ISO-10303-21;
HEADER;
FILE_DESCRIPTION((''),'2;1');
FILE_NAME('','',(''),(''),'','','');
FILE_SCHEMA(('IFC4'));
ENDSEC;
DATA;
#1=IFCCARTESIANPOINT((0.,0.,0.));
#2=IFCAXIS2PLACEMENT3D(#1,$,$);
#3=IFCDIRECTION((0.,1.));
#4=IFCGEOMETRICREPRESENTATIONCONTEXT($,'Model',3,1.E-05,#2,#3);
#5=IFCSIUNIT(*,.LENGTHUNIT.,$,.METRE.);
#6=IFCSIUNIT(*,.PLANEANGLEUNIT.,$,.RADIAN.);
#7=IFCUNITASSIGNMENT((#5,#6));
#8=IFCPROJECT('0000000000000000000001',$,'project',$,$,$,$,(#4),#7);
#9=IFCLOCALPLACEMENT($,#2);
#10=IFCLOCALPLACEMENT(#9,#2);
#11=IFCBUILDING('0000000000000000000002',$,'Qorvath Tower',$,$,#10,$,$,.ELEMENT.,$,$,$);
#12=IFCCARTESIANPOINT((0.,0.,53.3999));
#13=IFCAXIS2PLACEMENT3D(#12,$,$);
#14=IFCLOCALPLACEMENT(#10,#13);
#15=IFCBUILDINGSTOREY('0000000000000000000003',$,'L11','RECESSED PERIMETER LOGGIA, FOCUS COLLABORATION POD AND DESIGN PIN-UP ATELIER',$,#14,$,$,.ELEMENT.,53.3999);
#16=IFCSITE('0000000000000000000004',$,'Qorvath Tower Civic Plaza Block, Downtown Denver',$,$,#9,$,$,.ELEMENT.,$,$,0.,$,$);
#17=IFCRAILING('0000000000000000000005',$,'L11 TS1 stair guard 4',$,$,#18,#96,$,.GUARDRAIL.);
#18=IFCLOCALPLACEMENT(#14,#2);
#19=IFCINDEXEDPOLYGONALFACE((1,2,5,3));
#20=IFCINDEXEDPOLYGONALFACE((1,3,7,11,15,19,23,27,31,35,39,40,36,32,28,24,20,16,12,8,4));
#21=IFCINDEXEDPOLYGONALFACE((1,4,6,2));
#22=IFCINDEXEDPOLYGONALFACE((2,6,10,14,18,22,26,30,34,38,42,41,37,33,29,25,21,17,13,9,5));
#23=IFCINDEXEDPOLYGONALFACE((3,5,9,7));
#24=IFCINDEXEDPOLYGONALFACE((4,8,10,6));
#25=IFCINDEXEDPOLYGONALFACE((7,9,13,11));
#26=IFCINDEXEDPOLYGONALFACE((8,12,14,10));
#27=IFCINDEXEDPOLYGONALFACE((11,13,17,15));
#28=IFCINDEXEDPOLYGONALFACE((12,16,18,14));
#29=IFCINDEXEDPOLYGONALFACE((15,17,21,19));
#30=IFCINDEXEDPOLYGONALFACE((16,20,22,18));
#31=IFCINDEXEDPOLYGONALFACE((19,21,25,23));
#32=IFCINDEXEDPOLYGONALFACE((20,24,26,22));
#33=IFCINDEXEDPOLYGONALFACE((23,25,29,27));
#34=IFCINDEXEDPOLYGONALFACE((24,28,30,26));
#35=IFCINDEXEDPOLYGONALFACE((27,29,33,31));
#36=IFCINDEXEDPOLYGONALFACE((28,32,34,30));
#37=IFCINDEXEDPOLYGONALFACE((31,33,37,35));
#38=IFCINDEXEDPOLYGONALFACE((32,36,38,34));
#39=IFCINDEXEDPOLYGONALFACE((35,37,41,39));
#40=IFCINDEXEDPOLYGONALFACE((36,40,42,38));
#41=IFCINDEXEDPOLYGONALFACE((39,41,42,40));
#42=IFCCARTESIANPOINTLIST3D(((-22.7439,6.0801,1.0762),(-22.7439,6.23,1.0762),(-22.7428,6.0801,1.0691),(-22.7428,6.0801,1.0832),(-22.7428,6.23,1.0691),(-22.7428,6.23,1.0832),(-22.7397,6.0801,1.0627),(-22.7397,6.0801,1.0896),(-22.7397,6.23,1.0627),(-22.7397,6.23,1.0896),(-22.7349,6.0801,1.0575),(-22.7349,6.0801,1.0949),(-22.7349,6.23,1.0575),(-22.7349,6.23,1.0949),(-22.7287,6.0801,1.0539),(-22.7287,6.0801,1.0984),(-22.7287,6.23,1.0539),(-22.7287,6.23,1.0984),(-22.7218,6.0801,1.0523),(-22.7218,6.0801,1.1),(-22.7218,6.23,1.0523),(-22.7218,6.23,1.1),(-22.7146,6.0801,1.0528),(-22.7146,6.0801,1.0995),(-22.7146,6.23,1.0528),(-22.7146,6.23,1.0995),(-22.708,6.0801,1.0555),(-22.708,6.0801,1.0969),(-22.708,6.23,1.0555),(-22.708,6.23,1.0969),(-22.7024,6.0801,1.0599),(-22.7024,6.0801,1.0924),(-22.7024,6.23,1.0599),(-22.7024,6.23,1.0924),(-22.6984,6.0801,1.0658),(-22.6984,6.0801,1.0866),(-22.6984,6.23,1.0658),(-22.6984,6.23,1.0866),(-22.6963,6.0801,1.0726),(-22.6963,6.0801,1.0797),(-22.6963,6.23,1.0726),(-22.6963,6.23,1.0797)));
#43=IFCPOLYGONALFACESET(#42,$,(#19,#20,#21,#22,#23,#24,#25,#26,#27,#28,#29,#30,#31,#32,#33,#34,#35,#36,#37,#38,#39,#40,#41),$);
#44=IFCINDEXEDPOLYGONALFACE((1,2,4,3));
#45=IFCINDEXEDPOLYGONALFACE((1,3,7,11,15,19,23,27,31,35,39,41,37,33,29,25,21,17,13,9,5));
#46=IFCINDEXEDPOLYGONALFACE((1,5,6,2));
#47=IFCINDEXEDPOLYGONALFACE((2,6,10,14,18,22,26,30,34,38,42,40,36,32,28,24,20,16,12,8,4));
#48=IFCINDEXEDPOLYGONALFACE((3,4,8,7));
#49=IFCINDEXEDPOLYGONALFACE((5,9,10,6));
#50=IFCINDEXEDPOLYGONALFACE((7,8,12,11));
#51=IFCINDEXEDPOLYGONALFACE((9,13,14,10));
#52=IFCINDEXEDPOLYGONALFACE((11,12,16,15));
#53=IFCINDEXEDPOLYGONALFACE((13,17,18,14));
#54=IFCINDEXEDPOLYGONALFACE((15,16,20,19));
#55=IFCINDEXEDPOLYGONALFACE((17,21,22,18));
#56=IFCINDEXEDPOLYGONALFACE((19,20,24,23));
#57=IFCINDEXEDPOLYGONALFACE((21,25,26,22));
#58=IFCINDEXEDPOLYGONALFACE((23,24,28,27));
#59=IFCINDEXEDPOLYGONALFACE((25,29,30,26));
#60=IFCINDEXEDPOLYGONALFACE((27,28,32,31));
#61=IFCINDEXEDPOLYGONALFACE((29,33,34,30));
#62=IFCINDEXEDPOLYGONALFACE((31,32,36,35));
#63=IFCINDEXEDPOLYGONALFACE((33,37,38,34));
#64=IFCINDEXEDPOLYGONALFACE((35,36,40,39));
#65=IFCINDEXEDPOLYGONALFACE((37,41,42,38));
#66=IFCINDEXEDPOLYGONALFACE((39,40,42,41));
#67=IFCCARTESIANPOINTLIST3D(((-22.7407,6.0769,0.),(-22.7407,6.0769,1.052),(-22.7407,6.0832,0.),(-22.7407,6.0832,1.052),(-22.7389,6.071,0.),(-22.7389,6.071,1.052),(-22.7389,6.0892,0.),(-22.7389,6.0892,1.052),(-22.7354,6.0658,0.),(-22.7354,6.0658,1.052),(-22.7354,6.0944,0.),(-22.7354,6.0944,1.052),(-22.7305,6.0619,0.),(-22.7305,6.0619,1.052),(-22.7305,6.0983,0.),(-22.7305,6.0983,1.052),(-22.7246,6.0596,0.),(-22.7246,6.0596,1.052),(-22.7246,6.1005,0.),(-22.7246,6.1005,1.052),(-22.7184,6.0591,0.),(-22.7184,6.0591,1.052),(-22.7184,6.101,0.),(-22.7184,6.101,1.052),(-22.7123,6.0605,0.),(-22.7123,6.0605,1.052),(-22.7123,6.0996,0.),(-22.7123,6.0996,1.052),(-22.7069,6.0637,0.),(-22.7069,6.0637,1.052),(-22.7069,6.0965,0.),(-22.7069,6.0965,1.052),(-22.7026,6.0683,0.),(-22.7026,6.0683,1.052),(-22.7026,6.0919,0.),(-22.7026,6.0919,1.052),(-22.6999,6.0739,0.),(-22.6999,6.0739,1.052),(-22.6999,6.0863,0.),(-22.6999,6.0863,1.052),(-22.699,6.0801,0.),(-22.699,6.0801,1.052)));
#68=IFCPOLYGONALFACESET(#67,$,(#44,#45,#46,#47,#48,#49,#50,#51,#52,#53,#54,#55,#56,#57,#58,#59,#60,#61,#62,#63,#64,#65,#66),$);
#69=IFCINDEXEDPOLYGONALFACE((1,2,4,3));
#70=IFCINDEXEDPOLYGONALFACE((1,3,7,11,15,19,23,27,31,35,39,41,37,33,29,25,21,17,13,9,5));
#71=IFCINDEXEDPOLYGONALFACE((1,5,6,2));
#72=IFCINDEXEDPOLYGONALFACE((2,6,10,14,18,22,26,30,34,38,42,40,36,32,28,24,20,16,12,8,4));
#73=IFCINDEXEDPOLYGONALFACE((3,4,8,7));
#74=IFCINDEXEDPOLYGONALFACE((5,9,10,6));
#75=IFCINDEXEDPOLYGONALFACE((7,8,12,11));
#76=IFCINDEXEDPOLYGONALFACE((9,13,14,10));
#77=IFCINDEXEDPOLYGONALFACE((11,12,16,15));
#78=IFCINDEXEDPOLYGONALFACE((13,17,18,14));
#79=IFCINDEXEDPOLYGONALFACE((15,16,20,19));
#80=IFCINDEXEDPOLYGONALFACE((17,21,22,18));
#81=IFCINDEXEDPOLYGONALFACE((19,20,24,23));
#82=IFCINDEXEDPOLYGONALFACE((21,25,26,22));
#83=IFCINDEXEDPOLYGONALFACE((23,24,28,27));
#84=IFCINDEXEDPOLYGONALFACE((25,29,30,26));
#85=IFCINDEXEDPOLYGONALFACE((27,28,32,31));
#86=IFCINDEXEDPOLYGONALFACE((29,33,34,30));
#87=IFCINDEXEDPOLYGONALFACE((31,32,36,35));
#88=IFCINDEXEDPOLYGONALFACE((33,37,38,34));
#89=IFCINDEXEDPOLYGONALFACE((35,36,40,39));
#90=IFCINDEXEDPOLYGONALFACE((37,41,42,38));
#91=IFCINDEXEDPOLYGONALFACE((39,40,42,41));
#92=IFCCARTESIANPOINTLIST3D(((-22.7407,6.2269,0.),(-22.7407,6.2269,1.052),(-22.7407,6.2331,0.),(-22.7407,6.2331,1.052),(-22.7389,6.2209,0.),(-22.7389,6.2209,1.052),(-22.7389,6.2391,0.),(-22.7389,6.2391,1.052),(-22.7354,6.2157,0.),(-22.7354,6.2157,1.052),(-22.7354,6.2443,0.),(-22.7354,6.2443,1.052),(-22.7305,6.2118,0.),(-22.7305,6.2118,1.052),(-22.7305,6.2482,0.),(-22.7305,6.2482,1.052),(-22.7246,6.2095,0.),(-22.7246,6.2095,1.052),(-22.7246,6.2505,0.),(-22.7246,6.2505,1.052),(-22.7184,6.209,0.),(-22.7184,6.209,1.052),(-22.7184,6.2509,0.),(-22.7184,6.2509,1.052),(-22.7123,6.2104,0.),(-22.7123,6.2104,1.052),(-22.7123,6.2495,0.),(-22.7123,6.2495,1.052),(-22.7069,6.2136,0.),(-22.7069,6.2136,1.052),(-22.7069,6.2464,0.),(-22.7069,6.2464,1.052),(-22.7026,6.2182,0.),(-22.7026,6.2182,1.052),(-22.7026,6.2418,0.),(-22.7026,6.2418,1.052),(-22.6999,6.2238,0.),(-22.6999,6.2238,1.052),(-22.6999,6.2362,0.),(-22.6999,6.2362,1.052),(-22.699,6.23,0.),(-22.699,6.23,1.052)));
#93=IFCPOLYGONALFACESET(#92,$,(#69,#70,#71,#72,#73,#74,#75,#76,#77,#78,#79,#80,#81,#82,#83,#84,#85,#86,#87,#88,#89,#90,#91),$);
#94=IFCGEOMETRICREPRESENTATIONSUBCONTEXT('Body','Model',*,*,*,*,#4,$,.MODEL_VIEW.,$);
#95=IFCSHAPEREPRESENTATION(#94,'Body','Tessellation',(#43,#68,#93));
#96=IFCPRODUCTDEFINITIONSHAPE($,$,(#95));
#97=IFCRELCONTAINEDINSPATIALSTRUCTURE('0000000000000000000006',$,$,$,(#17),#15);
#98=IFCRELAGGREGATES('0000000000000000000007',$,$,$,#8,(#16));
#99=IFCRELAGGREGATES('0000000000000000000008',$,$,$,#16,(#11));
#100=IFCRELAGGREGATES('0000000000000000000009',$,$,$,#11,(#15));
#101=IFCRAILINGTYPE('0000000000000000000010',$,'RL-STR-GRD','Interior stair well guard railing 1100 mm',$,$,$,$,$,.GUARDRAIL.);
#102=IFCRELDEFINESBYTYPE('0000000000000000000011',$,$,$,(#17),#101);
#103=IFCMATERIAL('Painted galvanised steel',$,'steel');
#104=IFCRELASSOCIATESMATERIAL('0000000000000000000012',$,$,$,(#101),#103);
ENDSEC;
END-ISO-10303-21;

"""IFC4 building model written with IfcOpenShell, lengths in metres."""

from ifc_helpers import new_model, si_unit, direction, frame, origin, origin_2d, place, context, subcontext, project, spatial, circle, extrude, material, type_object, element, save


model = new_model("IFC4")

# Units and contexts
model_context = context("Model", 3, precision=1e-05, world=origin(), true_north=direction((0.0, 1.0)))
body_context = subcontext(model_context, "Body", "Model", "MODEL_VIEW")
ifc_project = project(units=[si_unit("LENGTHUNIT", "METRE"), si_unit("PLANEANGLEUNIT", "RADIAN")], contexts=[model_context])

# Site, building, storey
site_placement = place(None, origin())
site = spatial("IfcSite", under=ifc_project, at=site_placement, Name="Qorvath Tower Civic Plaza Block, Downtown Denver", CompositionType="ELEMENT", RefElevation=0.0)
building_placement = place(site_placement, origin())
building = spatial("IfcBuilding", under=site, at=building_placement, Name="Qorvath Tower", CompositionType="ELEMENT")
storey_placement = place(building_placement, frame((0.0, 0.0, 53.3999)))
storey = spatial("IfcBuildingStorey", under=building, at=storey_placement, Name="L11", Description="RECESSED PERIMETER LOGGIA, FOCUS COLLABORATION POD AND DESIGN PIN-UP ATELIER", CompositionType="ELEMENT", Elevation=53.3999)

# Railing
ifc_material_1 = material(Name="Painted galvanised steel", Category="steel")
railing_type_1 = type_object("IfcRailingType", Name="RL-STR-GRD", Description="Interior stair well guard railing 1100 mm", PredefinedType="GUARDRAIL", material=ifc_material_1)
railing_1_placement = place(storey_placement, frame((-22.72, 6.0801, 0.0)))
element("IfcRailing", 1, at=railing_1_placement, inside=storey, type_object=railing_type_1, Name="L11 TS1 stair guard 4", PredefinedType="GUARDRAIL", context=body_context, shape_type="SweptSolid", body=[
    extrude(circle(Radius=0.0239, at=origin_2d()), frame((0.0, 0.0, 1.0762), z_axis=(0.0, 1.0, 0.0), x_axis=(-1.0, 0.0, 0.0)), (0.0, 0.0, 1.0), 0.1499),
    extrude(circle(Radius=0.021, at=origin_2d()), origin(), (0.0, 0.0, 1.0), 1.052),
    extrude(circle(Radius=0.021, at=origin_2d()), frame((0.0, 0.1499, 0.0)), (0.0, 0.0, 1.0), 1.052),
])

save(model, "model.ifc")
